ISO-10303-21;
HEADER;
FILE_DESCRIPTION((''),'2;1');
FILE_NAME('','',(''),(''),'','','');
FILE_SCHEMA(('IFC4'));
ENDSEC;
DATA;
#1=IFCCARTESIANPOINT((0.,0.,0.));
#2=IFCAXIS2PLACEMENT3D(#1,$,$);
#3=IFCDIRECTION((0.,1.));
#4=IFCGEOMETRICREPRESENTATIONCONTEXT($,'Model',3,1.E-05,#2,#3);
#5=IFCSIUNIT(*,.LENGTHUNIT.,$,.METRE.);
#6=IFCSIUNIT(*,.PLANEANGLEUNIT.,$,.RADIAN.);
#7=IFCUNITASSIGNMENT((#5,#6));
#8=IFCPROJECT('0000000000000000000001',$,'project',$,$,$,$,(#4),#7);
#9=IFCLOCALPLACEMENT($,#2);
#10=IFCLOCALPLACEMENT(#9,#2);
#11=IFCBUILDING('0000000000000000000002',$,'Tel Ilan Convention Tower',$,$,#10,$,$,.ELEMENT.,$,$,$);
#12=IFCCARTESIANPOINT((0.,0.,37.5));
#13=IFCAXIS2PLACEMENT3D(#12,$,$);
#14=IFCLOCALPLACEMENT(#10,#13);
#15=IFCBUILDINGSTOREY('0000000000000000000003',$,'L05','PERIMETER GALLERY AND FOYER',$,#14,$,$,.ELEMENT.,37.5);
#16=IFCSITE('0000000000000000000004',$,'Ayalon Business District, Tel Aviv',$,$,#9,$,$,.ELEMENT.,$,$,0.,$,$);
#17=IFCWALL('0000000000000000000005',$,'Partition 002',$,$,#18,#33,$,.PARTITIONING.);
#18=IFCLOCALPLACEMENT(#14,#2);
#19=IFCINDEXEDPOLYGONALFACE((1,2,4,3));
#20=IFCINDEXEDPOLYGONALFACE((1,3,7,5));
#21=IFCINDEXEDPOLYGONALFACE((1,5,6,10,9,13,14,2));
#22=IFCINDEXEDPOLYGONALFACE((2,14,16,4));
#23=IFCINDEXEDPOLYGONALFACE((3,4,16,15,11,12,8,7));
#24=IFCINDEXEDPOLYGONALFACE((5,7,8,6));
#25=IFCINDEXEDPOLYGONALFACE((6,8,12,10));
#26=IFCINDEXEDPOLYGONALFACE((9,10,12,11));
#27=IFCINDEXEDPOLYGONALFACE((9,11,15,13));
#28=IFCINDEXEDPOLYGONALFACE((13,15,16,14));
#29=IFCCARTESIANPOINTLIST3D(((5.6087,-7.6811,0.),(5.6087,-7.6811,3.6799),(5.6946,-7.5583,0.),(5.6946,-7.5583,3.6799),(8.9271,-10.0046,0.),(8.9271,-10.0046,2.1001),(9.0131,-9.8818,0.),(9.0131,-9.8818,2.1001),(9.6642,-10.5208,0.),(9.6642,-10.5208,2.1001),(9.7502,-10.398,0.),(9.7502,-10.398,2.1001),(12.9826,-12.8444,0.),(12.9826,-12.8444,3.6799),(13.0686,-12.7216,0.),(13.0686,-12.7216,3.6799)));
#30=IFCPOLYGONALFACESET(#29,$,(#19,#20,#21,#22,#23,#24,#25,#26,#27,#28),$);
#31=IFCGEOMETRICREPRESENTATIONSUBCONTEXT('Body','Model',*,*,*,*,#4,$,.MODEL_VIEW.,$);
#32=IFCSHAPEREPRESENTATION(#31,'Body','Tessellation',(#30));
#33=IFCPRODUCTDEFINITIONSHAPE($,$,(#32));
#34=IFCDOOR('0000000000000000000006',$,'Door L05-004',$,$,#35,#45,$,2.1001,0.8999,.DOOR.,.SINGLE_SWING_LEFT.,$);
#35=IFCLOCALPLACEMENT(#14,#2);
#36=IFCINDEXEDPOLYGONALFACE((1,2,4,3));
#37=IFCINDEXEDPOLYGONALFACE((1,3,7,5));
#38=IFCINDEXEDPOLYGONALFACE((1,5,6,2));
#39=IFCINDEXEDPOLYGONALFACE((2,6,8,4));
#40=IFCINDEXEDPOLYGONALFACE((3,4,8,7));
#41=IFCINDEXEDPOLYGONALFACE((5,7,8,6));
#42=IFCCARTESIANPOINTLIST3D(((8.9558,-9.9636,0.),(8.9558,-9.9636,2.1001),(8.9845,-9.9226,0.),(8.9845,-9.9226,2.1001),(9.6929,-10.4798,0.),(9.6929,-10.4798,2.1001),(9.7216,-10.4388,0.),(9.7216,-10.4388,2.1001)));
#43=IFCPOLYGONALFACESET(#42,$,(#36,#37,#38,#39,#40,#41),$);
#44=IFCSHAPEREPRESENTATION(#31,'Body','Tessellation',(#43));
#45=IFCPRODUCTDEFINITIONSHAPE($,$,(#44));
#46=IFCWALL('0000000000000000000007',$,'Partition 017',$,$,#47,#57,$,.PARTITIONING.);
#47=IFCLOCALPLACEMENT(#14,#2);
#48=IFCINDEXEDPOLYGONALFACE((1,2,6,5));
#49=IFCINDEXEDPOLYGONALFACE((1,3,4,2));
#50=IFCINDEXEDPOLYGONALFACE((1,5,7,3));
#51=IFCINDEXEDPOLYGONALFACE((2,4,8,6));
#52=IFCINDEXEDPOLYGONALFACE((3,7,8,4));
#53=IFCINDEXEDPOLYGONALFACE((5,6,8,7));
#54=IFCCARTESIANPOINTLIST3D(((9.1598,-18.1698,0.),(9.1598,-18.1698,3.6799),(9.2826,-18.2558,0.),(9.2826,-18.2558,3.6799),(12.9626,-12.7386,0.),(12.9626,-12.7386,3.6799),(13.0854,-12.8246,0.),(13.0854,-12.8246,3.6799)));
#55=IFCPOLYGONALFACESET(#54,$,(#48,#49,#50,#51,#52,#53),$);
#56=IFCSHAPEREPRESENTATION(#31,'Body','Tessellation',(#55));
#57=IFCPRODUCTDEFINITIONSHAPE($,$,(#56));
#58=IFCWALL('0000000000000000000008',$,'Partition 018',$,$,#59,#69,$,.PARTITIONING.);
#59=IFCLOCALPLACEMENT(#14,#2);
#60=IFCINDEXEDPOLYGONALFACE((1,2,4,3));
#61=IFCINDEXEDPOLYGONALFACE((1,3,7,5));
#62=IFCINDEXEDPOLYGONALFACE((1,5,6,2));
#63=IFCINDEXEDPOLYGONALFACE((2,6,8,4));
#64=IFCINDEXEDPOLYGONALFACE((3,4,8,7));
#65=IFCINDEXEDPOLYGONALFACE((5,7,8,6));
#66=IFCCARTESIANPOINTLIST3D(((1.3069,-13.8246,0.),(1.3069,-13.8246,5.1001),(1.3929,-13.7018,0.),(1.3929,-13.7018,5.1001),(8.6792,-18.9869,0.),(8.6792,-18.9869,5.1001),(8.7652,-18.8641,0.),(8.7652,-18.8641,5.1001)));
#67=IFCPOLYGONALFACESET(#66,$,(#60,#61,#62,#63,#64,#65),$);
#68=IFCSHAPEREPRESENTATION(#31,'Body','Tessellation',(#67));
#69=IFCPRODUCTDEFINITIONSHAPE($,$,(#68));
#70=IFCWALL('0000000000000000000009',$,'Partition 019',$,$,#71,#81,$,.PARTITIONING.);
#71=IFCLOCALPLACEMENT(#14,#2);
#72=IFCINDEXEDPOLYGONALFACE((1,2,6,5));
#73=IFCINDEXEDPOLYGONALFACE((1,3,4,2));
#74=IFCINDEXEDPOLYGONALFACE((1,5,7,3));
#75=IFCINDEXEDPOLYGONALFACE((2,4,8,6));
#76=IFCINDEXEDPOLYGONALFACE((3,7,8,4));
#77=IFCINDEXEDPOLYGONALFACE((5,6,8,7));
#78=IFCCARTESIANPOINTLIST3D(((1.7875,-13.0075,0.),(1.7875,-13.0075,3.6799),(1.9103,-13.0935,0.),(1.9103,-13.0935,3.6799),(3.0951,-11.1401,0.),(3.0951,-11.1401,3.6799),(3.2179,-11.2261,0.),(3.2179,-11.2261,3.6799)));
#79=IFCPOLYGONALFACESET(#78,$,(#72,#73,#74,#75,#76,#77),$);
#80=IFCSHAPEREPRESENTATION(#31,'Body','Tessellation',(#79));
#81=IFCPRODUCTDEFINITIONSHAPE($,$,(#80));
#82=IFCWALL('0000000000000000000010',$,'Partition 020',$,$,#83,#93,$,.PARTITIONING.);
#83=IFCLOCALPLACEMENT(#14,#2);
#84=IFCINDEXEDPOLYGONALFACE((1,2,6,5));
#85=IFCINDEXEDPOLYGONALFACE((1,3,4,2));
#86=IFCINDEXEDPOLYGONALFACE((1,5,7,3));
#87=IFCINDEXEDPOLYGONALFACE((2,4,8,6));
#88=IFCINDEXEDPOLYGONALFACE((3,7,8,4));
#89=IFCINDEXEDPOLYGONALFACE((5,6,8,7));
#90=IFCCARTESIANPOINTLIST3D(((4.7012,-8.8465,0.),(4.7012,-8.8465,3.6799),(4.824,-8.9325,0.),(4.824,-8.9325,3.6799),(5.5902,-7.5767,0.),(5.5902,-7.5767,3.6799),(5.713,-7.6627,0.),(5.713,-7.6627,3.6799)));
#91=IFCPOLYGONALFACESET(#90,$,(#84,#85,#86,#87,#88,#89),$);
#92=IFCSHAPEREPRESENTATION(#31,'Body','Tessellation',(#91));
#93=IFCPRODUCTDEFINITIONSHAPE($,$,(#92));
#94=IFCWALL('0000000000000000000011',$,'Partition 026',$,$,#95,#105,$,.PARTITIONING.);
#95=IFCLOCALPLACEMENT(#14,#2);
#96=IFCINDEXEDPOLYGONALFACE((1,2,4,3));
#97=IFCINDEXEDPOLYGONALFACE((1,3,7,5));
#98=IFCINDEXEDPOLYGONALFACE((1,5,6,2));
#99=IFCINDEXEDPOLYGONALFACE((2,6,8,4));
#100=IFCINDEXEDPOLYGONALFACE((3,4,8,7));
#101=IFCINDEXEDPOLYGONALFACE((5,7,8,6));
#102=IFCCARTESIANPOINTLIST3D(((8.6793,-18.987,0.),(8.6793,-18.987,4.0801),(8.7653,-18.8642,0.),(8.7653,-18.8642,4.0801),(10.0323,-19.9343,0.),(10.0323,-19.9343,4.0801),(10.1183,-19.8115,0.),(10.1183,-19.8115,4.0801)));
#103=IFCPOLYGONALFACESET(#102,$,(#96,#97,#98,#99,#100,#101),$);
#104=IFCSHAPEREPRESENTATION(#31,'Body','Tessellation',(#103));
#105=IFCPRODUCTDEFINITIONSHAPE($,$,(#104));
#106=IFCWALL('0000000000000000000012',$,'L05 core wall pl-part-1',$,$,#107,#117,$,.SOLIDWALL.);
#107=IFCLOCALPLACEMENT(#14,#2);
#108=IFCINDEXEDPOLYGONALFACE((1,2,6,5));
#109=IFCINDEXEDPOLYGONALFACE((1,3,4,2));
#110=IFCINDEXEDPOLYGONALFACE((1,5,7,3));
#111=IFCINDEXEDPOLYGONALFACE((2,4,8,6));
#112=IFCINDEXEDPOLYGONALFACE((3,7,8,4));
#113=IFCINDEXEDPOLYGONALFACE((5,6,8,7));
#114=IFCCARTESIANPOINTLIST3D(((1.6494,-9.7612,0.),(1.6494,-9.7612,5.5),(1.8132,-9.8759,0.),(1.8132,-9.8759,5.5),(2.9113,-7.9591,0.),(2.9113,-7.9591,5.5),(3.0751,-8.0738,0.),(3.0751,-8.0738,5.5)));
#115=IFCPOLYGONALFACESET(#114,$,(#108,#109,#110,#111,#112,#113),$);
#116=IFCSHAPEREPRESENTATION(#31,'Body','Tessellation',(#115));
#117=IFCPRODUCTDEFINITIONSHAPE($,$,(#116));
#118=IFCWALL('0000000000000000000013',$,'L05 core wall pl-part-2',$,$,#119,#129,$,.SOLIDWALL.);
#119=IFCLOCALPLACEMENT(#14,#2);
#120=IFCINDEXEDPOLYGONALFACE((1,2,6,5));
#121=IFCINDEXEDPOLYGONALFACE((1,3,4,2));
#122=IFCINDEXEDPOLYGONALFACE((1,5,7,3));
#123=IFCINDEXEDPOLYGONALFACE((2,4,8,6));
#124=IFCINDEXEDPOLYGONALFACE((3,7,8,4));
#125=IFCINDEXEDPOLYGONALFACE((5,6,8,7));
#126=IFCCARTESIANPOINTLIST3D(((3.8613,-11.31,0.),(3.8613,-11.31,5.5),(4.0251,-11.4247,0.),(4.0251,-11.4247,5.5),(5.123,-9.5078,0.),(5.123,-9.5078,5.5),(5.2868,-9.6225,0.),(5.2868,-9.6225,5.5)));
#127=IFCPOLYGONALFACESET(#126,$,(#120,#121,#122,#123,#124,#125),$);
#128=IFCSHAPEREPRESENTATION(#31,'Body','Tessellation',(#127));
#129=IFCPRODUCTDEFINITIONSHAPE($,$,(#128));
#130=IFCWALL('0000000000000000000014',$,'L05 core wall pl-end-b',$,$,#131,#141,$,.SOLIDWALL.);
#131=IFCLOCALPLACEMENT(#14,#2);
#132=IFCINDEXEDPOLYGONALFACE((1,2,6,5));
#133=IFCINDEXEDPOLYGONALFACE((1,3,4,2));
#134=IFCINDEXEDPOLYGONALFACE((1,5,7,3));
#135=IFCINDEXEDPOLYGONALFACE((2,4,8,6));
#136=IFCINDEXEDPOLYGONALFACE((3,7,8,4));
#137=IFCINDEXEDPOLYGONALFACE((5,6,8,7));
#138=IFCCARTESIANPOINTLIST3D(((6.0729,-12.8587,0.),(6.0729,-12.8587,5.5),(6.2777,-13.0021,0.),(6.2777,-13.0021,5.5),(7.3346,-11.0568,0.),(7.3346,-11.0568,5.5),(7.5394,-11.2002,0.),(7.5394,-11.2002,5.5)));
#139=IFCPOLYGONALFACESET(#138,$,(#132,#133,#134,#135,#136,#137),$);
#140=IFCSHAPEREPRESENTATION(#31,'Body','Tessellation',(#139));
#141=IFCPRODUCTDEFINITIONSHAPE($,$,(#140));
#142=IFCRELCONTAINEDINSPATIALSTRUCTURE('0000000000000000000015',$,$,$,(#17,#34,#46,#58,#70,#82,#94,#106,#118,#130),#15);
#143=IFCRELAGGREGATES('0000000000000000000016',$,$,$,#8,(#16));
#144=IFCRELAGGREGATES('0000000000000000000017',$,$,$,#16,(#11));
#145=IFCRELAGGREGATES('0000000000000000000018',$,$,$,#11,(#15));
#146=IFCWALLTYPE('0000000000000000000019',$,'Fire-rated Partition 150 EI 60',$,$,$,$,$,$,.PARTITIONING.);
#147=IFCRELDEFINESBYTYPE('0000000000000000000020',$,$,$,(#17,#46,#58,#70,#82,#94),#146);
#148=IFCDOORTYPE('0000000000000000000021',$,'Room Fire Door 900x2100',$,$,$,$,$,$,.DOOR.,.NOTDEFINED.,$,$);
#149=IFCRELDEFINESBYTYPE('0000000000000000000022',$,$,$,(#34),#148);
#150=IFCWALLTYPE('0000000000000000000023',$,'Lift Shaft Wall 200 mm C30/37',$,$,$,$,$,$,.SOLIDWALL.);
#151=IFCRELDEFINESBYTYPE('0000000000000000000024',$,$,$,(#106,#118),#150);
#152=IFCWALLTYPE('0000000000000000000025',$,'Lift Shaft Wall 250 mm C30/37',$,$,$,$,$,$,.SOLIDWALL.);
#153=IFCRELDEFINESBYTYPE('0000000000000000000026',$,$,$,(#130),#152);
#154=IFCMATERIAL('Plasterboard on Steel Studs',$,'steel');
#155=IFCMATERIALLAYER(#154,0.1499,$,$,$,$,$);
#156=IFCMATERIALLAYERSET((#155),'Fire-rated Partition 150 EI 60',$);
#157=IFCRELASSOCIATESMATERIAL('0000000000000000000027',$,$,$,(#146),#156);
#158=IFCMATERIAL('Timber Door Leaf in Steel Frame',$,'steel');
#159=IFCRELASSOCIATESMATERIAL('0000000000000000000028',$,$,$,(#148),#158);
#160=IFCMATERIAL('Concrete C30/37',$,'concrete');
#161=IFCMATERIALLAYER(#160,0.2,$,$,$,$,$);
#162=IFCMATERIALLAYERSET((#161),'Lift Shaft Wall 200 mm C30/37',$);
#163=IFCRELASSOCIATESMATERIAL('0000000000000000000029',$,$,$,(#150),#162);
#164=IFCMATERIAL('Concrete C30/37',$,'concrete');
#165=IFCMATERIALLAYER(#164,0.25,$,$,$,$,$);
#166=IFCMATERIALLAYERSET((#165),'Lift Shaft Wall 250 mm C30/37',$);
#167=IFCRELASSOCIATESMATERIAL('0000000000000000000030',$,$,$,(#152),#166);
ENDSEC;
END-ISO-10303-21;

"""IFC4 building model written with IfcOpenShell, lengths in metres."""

from ifc_helpers import new_model, si_unit, direction, frame, frame_2d, origin, place, context, subcontext, project, spatial, rectangle, extrude, material, layer, layer_set, type_object, element, fill, save


model = new_model("IFC4")

# Units and contexts
model_context = context("Model", 3, precision=1e-05, world=origin(), true_north=direction((0.0, 1.0)))
body_context = subcontext(model_context, "Body", "Model", "MODEL_VIEW")
ifc_project = project(units=[si_unit("LENGTHUNIT", "METRE"), si_unit("PLANEANGLEUNIT", "RADIAN")], contexts=[model_context])

# Site, building, storey
site_placement = place(None, origin())
site = spatial("IfcSite", under=ifc_project, at=site_placement, Name="Ayalon Business District, Tel Aviv", CompositionType="ELEMENT", RefElevation=0.0)
building_placement = place(site_placement, origin())
building = spatial("IfcBuilding", under=site, at=building_placement, Name="Tel Ilan Convention Tower", CompositionType="ELEMENT")
storey_placement = place(building_placement, frame((0.0, 0.0, 37.5)))
storey = spatial("IfcBuildingStorey", under=building, at=storey_placement, Name="L05", Description="PERIMETER GALLERY AND FOYER", CompositionType="ELEMENT", Elevation=37.5)

# Wall, opening, door
ifc_material_1 = material(Name="Plasterboard on Steel Studs", Category="steel")
ifc_layer_1 = layer(ifc_material_1, 0.1499)
ifc_layer_set_1 = layer_set([ifc_layer_1], Name="Fire-rated Partition 150 EI 60")
wall_type_1 = type_object("IfcWallType", Name="Fire-rated Partition 150 EI 60", PredefinedType="PARTITIONING", material=ifc_layer_set_1)
wall_1_placement = place(storey_placement, frame((13.0256, -12.783, 0.0), z_axis=(0.0, 0.0, 1.0), x_axis=(-0.819153, 0.573575, 0.0)))
wall_1 = element("IfcWall", 1, at=wall_1_placement, inside=storey, type_object=wall_type_1, Name="Partition 002", PredefinedType="PARTITIONING", context=body_context, shape_type="SweptSolid", body=[
    extrude(rectangle(XDim=9.002, YDim=0.1499, at=frame_2d((4.501, 0.0))), origin(), (0.0, 0.0, 1.0), 3.6799),
])
opening_placement = place(wall_1_placement, frame((4.051, 0.0, 0.0)))
opening = element("IfcOpeningElement", 2, at=opening_placement, cuts=wall_1, PredefinedType="OPENING", context=body_context, shape_type="SweptSolid", body=[
    extrude(rectangle(XDim=0.8999, YDim=2.1001, at=frame_2d((0.45, 1.05))), frame((0.0, 0.085, 0.0), z_axis=(0.0, -1.0, 0.0), x_axis=(1.0, 0.0, 0.0)), (0.0, 0.0, 1.0), 0.1699),
])
ifc_material_2 = material(Name="Timber Door Leaf in Steel Frame", Category="steel")
door_type = type_object("IfcDoorType", Name="Room Fire Door 900x2100", OperationType="NOTDEFINED", PredefinedType="DOOR", material=ifc_material_2)
door_placement = place(opening_placement, origin())
door = element("IfcDoor", 3, at=door_placement, inside=storey, type_object=door_type, Name="Door L05-004", OperationType="SINGLE_SWING_LEFT", OverallHeight=2.1001, OverallWidth=0.8999, PredefinedType="DOOR", context=body_context, shape_type="SweptSolid", body=[
    extrude(rectangle(XDim=0.8999, YDim=2.1001, at=frame_2d((0.45, 1.05))), frame((0.0, 0.0249, 0.0), z_axis=(0.0, -1.0, 0.0), x_axis=(1.0, 0.0, 0.0)), (0.0, 0.0, 1.0), 0.05),
])
fill(opening, door)

# Walls
wall_2_placement = place(storey_placement, frame((13.0239, -12.7817, 0.0), z_axis=(0.0, 0.0, 1.0), x_axis=(-0.573556, -0.819166, 0.0)))
element("IfcWall", 4, at=wall_2_placement, inside=storey, type_object=wall_type_1, Name="Partition 017", PredefinedType="PARTITIONING", context=body_context, shape_type="SweptSolid", body=[
    extrude(rectangle(XDim=6.6301, YDim=0.1499, at=frame_2d((3.3149, 0.0))), origin(), (0.0, 0.0, 1.0), 3.6799),
])
wall_3_placement = place(storey_placement, frame((8.7222, -18.9255, 0.0), z_axis=(0.0, 0.0, 1.0), x_axis=(-0.819141, 0.573592, 0.0)))
element("IfcWall", 5, at=wall_3_placement, inside=storey, type_object=wall_type_1, Name="Partition 018", PredefinedType="PARTITIONING", context=body_context, shape_type="SweptSolid", body=[
    extrude(rectangle(XDim=9.0, YDim=0.1499, at=frame_2d((4.5, 0.0))), origin(), (0.0, 0.0, 1.0), 5.1001),
])
wall_4_placement = place(storey_placement, frame((1.8489, -13.0505, 0.0), z_axis=(0.0, 0.0, 1.0), x_axis=(0.573585, 0.819146, 0.0)))
element("IfcWall", 6, at=wall_4_placement, inside=storey, type_object=wall_type_1, Name="Partition 019", PredefinedType="PARTITIONING", context=body_context, shape_type="SweptSolid", body=[
    extrude(rectangle(XDim=2.2798, YDim=0.1499, at=frame_2d((1.1399, 0.0))), origin(), (0.0, 0.0, 1.0), 3.6799),
])
wall_5_placement = place(storey_placement, frame((4.7627, -8.8894, 0.0), z_axis=(0.0, 0.0, 1.0), x_axis=(0.573494, 0.81921, 0.0)))
element("IfcWall", 7, at=wall_5_placement, inside=storey, type_object=wall_type_1, Name="Partition 020", PredefinedType="PARTITIONING", context=body_context, shape_type="SweptSolid", body=[
    extrude(rectangle(XDim=1.55, YDim=0.1499, at=frame_2d((0.7749, 0.0))), origin(), (0.0, 0.0, 1.0), 3.6799),
])
wall_6_placement = place(storey_placement, frame((10.0752, -19.8728, 0.0), z_axis=(0.0, 0.0, 1.0), x_axis=(-0.81919, 0.573522, 0.0)))
element("IfcWall", 8, at=wall_6_placement, inside=storey, type_object=wall_type_1, Name="Partition 026", PredefinedType="PARTITIONING", context=body_context, shape_type="SweptSolid", body=[
    extrude(rectangle(XDim=1.6516, YDim=0.1499, at=frame_2d((0.8257, 0.0))), origin(), (0.0, 0.0, 1.0), 4.0801),
])
ifc_material_3 = material(Name="Concrete C30/37", Category="concrete")
ifc_layer_2 = layer(ifc_material_3, 0.2)
ifc_layer_set_2 = layer_set([ifc_layer_2], Name="Lift Shaft Wall 200 mm C30/37")
wall_type_2 = type_object("IfcWallType", Name="Lift Shaft Wall 200 mm C30/37", PredefinedType="SOLIDWALL", material=ifc_layer_set_2)
for number, where, z_axis, x_axis, name in (
    (9, (1.7312, -9.8186, 0.0), (0.0, 0.0, 1.0), (0.573634, 0.819112, 0.0), "L05 core wall pl-part-1"),
    (10, (3.9431, -11.3674, 0.0), (0.0, 0.0, 1.0), (0.573507, 0.819201, 0.0), "L05 core wall pl-part-2"),
):
    element("IfcWall", number, at=place(storey_placement, frame(where, z_axis=z_axis, x_axis=x_axis)), inside=storey, type_object=wall_type_2, Name=name, PredefinedType="SOLIDWALL", context=body_context, shape_type="SweptSolid", body=[
        extrude(rectangle(XDim=2.2, YDim=0.2, at=frame_2d((1.1001, 0.0))), origin(), (0.0, 0.0, 1.0), 5.5),
    ])
ifc_material_4 = material(Name="Concrete C30/37", Category="concrete")
ifc_layer_3 = layer(ifc_material_4, 0.25)
ifc_layer_set_3 = layer_set([ifc_layer_3], Name="Lift Shaft Wall 250 mm C30/37")
wall_type_3 = type_object("IfcWallType", Name="Lift Shaft Wall 250 mm C30/37", PredefinedType="SOLIDWALL", material=ifc_layer_set_3)
wall_7_placement = place(storey_placement, frame((6.1753, -12.9304, 0.0), z_axis=(0.0, 0.0, 1.0), x_axis=(0.573559, 0.819164, 0.0)))
element("IfcWall", 11, at=wall_7_placement, inside=storey, type_object=wall_type_3, Name="L05 core wall pl-end-b", PredefinedType="SOLIDWALL", context=body_context, shape_type="SweptSolid", body=[
    extrude(rectangle(XDim=2.1997, YDim=0.25, at=frame_2d((1.0999, 0.0))), origin(), (0.0, 0.0, 1.0), 5.5),
])

save(model, "model.ifc")
